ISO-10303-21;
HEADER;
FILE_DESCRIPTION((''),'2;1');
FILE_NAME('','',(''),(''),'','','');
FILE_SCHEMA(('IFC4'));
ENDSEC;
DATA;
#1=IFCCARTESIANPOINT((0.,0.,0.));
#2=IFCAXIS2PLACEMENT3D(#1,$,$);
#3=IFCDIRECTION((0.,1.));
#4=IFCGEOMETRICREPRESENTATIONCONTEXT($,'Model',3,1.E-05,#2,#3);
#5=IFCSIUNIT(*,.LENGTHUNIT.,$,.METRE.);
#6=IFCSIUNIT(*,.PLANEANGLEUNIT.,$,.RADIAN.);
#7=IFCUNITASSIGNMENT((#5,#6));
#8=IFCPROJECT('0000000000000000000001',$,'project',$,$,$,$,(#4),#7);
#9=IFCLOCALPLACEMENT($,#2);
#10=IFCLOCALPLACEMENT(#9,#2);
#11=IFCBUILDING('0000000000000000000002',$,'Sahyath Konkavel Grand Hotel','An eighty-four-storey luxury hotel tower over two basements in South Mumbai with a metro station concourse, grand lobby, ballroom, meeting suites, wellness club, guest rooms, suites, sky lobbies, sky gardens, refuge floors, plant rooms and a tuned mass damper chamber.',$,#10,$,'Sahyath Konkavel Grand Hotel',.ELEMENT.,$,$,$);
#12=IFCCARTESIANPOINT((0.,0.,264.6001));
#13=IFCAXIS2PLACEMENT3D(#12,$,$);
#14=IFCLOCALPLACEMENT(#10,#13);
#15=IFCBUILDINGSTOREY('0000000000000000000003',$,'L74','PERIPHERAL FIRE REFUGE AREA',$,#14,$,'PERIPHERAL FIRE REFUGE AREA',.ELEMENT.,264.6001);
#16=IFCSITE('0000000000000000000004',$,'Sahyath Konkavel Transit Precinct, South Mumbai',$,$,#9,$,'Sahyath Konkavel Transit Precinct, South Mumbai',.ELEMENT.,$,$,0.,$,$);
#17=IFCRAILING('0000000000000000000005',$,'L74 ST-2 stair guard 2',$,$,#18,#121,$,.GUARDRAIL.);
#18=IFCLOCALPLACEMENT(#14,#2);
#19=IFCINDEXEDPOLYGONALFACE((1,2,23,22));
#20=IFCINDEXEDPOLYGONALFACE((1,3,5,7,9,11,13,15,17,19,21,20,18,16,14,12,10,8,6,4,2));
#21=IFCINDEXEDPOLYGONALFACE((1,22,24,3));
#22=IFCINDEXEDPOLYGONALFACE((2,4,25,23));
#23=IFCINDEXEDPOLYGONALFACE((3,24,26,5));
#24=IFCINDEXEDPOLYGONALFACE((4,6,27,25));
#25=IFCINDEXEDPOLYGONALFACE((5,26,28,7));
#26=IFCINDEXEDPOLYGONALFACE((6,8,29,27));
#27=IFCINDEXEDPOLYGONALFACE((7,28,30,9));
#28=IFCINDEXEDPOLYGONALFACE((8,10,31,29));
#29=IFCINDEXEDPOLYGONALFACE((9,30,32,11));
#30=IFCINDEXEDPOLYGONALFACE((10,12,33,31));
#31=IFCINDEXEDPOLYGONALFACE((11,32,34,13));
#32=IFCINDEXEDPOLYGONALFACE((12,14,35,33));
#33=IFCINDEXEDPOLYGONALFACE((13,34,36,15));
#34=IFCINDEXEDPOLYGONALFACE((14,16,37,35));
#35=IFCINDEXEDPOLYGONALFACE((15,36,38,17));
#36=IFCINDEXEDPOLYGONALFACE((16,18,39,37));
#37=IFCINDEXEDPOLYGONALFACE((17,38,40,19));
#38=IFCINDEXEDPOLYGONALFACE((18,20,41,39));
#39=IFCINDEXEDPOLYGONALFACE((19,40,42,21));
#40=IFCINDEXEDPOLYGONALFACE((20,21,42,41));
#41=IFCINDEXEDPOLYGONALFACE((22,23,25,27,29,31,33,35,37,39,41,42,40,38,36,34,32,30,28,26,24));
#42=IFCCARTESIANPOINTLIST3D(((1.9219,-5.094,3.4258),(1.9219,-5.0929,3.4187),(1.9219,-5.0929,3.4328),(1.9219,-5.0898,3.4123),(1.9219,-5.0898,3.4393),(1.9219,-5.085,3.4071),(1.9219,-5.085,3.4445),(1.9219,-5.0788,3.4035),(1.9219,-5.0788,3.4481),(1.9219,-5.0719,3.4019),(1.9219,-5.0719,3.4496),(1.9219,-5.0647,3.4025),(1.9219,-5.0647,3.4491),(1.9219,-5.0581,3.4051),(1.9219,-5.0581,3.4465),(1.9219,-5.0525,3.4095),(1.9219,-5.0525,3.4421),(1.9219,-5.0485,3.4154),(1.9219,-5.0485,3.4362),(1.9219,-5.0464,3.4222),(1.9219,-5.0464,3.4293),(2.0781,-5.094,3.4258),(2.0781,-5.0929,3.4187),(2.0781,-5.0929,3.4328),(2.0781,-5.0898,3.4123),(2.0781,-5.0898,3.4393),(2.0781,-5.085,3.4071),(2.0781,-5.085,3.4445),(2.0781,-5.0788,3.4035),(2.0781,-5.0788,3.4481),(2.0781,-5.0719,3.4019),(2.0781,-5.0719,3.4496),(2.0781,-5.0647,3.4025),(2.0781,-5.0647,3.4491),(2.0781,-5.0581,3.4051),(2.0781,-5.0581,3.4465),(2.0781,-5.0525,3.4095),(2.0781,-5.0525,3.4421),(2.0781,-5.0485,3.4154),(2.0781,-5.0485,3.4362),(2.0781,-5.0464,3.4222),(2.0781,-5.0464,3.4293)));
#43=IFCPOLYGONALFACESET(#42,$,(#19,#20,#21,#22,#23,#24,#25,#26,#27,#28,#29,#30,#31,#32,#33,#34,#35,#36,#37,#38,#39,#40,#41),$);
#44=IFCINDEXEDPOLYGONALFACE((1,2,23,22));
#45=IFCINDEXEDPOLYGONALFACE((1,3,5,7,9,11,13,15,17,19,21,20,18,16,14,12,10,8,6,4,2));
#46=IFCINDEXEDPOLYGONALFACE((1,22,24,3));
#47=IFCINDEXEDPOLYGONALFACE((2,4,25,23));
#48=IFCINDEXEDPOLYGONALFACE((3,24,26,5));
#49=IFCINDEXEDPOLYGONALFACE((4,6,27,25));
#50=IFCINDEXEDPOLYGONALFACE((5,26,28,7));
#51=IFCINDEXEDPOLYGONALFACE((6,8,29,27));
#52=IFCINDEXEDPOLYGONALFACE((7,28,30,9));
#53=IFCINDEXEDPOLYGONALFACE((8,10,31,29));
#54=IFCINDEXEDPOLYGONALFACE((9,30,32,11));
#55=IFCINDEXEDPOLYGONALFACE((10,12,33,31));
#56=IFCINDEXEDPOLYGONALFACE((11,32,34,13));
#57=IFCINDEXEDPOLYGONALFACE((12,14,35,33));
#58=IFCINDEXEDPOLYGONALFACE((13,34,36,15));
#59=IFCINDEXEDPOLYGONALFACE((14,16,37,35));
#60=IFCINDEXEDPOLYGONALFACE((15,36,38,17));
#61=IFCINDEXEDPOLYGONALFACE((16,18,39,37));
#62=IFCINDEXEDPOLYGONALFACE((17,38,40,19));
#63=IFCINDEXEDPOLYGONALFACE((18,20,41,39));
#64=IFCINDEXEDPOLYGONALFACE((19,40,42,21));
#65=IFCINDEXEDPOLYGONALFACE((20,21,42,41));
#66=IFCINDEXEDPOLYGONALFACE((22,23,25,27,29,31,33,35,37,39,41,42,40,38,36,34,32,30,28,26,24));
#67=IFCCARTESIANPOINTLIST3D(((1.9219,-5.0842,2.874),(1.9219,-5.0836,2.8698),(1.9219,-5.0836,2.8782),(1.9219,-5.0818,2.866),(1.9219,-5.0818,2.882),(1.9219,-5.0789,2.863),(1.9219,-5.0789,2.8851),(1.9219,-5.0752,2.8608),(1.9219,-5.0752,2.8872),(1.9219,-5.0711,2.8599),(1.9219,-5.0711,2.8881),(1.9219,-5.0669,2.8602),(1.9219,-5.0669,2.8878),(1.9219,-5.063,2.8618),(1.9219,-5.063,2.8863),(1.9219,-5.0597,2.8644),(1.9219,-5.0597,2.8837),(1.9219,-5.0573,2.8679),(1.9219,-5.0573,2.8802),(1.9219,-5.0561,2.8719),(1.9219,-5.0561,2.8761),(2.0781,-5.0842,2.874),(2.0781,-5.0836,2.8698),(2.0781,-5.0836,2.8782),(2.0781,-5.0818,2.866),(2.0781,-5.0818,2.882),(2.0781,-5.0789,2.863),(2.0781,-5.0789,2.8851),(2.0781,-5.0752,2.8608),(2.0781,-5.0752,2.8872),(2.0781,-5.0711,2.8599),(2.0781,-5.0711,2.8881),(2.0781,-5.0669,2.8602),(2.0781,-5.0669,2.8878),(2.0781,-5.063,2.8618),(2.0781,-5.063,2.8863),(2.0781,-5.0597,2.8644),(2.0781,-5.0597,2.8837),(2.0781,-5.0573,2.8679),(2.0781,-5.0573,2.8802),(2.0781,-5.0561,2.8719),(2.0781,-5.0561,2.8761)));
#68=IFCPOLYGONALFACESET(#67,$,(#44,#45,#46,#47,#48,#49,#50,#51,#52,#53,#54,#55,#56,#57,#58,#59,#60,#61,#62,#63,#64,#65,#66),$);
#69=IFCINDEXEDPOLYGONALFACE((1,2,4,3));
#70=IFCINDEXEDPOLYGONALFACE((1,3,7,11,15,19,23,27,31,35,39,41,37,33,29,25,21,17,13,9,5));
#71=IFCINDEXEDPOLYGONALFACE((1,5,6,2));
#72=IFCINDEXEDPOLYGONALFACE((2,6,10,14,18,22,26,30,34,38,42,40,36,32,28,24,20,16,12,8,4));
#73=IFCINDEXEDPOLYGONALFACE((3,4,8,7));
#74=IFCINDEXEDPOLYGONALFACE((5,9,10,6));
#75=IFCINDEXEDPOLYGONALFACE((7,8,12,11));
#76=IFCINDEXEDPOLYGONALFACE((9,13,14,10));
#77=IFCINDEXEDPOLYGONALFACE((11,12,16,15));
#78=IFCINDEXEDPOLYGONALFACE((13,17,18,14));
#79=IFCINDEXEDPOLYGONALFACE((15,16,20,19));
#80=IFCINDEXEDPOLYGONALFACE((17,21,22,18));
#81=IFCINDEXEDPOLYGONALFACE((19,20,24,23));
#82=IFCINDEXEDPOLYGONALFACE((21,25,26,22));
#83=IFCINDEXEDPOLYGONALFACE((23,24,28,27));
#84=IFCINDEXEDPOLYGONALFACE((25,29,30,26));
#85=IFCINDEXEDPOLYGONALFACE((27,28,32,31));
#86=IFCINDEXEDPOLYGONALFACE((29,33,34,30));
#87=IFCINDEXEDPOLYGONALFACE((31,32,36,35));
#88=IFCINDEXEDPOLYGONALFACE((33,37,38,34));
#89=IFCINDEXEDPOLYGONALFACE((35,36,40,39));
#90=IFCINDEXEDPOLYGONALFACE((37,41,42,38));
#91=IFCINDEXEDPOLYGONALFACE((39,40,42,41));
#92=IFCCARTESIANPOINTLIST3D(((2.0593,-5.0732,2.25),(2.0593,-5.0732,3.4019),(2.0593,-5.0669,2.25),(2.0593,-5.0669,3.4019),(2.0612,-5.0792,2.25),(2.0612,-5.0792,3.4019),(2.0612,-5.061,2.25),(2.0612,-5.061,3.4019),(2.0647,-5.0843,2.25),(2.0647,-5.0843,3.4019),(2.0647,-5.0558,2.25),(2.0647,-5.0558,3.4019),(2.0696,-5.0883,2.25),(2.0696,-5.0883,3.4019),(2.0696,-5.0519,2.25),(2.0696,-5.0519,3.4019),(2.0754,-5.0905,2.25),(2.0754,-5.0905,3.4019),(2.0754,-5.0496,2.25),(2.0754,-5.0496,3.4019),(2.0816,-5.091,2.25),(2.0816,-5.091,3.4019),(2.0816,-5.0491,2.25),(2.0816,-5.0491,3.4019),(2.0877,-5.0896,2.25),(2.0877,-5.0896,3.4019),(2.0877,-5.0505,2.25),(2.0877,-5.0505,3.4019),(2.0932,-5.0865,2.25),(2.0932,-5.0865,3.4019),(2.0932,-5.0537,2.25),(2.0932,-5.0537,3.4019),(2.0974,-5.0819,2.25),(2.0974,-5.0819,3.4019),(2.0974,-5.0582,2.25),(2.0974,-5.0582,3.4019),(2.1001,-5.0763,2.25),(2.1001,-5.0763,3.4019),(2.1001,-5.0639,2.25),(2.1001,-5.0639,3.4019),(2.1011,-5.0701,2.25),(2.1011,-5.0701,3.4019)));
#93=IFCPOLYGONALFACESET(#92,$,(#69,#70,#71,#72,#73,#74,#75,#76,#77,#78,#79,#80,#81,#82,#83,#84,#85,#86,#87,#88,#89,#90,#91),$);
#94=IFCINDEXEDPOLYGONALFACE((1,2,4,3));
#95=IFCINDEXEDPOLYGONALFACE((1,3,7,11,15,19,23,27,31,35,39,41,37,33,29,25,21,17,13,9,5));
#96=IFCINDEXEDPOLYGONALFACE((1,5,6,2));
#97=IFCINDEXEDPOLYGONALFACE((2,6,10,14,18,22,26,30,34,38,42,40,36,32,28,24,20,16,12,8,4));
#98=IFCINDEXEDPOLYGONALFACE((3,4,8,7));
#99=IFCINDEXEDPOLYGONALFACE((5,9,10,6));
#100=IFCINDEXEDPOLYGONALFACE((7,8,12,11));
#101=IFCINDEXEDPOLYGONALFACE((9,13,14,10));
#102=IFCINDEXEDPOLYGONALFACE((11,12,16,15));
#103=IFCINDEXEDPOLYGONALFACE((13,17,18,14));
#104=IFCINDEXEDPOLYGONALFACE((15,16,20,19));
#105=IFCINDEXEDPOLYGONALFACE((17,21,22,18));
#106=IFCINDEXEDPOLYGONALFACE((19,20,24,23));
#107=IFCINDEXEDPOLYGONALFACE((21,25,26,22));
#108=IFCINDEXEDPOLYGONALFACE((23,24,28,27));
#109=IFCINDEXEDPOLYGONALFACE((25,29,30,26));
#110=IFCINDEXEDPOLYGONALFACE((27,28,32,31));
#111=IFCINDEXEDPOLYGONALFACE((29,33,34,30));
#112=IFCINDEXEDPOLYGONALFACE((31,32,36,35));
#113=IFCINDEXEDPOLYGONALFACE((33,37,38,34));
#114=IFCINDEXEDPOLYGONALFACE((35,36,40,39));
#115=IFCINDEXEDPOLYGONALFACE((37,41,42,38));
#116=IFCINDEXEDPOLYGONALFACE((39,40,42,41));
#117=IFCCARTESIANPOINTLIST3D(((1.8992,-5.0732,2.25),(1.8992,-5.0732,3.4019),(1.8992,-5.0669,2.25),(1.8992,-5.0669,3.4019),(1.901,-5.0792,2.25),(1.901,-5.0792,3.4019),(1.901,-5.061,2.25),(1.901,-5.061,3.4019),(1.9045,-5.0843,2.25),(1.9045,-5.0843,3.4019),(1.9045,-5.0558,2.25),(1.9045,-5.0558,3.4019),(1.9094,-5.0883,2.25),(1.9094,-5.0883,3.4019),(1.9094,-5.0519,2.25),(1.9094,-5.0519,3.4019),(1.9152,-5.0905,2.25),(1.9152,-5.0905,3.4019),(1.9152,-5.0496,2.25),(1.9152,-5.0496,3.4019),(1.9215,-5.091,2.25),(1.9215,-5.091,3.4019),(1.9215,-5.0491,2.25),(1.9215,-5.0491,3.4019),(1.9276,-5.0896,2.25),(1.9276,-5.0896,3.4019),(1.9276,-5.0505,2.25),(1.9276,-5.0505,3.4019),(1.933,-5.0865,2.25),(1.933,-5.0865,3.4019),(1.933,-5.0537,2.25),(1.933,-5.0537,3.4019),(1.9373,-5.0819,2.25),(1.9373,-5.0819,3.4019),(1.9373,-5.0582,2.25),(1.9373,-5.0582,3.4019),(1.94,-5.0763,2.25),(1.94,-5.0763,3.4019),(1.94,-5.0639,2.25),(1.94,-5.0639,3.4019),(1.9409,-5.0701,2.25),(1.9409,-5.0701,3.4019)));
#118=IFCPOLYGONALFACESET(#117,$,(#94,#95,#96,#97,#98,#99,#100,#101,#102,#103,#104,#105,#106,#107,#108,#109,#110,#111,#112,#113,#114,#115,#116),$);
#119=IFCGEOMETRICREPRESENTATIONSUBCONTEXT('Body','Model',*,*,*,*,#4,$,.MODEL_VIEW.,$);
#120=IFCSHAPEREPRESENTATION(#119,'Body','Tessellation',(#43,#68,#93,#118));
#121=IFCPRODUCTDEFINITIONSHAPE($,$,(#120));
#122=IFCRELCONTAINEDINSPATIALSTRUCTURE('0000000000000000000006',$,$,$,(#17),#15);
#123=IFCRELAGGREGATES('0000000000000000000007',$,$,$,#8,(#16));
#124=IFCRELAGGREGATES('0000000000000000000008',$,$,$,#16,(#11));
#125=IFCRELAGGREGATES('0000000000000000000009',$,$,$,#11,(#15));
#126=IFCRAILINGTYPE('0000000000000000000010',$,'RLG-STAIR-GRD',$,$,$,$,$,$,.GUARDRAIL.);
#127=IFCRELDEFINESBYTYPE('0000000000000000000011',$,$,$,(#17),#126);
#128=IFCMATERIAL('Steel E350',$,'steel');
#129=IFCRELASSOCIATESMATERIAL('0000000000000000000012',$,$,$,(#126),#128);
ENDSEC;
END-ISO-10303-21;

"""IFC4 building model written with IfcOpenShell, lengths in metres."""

from ifc_helpers import new_model, si_unit, direction, frame, origin, origin_2d, place, context, subcontext, project, spatial, circle, extrude, material, type_object, element, save


model = new_model("IFC4")

# Units and contexts
model_context = context("Model", 3, precision=1e-05, world=origin(), true_north=direction((0.0, 1.0)))
body_context = subcontext(model_context, "Body", "Model", "MODEL_VIEW")
ifc_project = project(units=[si_unit("LENGTHUNIT", "METRE"), si_unit("PLANEANGLEUNIT", "RADIAN")], contexts=[model_context])

# Site, building, storey
site_placement = place(None, origin())
site = spatial("IfcSite", under=ifc_project, at=site_placement, Name="Sahyath Konkavel Transit Precinct, South Mumbai", LongName="Sahyath Konkavel Transit Precinct, South Mumbai", CompositionType="ELEMENT", RefElevation=0.0)
building_placement = place(site_placement, origin())
building = spatial("IfcBuilding", under=site, at=building_placement, Name="Sahyath Konkavel Grand Hotel", Description="An eighty-four-storey luxury hotel tower over two basements in South Mumbai with a metro station concourse, grand lobby, ballroom, meeting suites, wellness club, guest rooms, suites, sky lobbies, sky gardens, refuge floors, plant rooms and a tuned mass damper chamber.", LongName="Sahyath Konkavel Grand Hotel", CompositionType="ELEMENT")
storey_placement = place(building_placement, frame((0.0, 0.0, 264.6001)))
storey = spatial("IfcBuildingStorey", under=building, at=storey_placement, Name="L74", Description="PERIPHERAL FIRE REFUGE AREA", LongName="PERIPHERAL FIRE REFUGE AREA", CompositionType="ELEMENT", Elevation=264.6001)

# Shared definitions
ifc_material_1 = material(Name="Steel E350", Category="steel")

# Railing
railing_type_1 = type_object("IfcRailingType", Name="RLG-STAIR-GRD", PredefinedType="GUARDRAIL", material=ifc_material_1)
railing_1_placement = place(storey_placement, frame((2.0801, -5.0701, 2.25)))
element("IfcRailing", 1, at=railing_1_placement, inside=storey, type_object=railing_type_1, Name="L74 ST-2 stair guard 2", PredefinedType="GUARDRAIL", context=body_context, shape_type="SweptSolid", body=[
    extrude(circle(Radius=0.0239, at=origin_2d()), frame((-0.002, 0.0, 1.1758), z_axis=(-1.0, 0.0, 0.0), x_axis=(0.0, -1.0, 0.0)), (0.0, 0.0, 1.0), 0.1562),
    extrude(circle(Radius=0.0142, at=origin_2d()), frame((-0.002, 0.0, 0.624), z_axis=(-1.0, 0.0, 0.0), x_axis=(0.0, -1.0, 0.0)), (0.0, 0.0, 1.0), 0.1562),
    extrude(circle(Radius=0.021, at=origin_2d()), origin(), (0.0, 0.0, 1.0), 1.1519),
    extrude(circle(Radius=0.021, at=origin_2d()), frame((-0.1602, 0.0, 0.0)), (0.0, 0.0, 1.0), 1.1519),
])

save(model, "model.ifc")
